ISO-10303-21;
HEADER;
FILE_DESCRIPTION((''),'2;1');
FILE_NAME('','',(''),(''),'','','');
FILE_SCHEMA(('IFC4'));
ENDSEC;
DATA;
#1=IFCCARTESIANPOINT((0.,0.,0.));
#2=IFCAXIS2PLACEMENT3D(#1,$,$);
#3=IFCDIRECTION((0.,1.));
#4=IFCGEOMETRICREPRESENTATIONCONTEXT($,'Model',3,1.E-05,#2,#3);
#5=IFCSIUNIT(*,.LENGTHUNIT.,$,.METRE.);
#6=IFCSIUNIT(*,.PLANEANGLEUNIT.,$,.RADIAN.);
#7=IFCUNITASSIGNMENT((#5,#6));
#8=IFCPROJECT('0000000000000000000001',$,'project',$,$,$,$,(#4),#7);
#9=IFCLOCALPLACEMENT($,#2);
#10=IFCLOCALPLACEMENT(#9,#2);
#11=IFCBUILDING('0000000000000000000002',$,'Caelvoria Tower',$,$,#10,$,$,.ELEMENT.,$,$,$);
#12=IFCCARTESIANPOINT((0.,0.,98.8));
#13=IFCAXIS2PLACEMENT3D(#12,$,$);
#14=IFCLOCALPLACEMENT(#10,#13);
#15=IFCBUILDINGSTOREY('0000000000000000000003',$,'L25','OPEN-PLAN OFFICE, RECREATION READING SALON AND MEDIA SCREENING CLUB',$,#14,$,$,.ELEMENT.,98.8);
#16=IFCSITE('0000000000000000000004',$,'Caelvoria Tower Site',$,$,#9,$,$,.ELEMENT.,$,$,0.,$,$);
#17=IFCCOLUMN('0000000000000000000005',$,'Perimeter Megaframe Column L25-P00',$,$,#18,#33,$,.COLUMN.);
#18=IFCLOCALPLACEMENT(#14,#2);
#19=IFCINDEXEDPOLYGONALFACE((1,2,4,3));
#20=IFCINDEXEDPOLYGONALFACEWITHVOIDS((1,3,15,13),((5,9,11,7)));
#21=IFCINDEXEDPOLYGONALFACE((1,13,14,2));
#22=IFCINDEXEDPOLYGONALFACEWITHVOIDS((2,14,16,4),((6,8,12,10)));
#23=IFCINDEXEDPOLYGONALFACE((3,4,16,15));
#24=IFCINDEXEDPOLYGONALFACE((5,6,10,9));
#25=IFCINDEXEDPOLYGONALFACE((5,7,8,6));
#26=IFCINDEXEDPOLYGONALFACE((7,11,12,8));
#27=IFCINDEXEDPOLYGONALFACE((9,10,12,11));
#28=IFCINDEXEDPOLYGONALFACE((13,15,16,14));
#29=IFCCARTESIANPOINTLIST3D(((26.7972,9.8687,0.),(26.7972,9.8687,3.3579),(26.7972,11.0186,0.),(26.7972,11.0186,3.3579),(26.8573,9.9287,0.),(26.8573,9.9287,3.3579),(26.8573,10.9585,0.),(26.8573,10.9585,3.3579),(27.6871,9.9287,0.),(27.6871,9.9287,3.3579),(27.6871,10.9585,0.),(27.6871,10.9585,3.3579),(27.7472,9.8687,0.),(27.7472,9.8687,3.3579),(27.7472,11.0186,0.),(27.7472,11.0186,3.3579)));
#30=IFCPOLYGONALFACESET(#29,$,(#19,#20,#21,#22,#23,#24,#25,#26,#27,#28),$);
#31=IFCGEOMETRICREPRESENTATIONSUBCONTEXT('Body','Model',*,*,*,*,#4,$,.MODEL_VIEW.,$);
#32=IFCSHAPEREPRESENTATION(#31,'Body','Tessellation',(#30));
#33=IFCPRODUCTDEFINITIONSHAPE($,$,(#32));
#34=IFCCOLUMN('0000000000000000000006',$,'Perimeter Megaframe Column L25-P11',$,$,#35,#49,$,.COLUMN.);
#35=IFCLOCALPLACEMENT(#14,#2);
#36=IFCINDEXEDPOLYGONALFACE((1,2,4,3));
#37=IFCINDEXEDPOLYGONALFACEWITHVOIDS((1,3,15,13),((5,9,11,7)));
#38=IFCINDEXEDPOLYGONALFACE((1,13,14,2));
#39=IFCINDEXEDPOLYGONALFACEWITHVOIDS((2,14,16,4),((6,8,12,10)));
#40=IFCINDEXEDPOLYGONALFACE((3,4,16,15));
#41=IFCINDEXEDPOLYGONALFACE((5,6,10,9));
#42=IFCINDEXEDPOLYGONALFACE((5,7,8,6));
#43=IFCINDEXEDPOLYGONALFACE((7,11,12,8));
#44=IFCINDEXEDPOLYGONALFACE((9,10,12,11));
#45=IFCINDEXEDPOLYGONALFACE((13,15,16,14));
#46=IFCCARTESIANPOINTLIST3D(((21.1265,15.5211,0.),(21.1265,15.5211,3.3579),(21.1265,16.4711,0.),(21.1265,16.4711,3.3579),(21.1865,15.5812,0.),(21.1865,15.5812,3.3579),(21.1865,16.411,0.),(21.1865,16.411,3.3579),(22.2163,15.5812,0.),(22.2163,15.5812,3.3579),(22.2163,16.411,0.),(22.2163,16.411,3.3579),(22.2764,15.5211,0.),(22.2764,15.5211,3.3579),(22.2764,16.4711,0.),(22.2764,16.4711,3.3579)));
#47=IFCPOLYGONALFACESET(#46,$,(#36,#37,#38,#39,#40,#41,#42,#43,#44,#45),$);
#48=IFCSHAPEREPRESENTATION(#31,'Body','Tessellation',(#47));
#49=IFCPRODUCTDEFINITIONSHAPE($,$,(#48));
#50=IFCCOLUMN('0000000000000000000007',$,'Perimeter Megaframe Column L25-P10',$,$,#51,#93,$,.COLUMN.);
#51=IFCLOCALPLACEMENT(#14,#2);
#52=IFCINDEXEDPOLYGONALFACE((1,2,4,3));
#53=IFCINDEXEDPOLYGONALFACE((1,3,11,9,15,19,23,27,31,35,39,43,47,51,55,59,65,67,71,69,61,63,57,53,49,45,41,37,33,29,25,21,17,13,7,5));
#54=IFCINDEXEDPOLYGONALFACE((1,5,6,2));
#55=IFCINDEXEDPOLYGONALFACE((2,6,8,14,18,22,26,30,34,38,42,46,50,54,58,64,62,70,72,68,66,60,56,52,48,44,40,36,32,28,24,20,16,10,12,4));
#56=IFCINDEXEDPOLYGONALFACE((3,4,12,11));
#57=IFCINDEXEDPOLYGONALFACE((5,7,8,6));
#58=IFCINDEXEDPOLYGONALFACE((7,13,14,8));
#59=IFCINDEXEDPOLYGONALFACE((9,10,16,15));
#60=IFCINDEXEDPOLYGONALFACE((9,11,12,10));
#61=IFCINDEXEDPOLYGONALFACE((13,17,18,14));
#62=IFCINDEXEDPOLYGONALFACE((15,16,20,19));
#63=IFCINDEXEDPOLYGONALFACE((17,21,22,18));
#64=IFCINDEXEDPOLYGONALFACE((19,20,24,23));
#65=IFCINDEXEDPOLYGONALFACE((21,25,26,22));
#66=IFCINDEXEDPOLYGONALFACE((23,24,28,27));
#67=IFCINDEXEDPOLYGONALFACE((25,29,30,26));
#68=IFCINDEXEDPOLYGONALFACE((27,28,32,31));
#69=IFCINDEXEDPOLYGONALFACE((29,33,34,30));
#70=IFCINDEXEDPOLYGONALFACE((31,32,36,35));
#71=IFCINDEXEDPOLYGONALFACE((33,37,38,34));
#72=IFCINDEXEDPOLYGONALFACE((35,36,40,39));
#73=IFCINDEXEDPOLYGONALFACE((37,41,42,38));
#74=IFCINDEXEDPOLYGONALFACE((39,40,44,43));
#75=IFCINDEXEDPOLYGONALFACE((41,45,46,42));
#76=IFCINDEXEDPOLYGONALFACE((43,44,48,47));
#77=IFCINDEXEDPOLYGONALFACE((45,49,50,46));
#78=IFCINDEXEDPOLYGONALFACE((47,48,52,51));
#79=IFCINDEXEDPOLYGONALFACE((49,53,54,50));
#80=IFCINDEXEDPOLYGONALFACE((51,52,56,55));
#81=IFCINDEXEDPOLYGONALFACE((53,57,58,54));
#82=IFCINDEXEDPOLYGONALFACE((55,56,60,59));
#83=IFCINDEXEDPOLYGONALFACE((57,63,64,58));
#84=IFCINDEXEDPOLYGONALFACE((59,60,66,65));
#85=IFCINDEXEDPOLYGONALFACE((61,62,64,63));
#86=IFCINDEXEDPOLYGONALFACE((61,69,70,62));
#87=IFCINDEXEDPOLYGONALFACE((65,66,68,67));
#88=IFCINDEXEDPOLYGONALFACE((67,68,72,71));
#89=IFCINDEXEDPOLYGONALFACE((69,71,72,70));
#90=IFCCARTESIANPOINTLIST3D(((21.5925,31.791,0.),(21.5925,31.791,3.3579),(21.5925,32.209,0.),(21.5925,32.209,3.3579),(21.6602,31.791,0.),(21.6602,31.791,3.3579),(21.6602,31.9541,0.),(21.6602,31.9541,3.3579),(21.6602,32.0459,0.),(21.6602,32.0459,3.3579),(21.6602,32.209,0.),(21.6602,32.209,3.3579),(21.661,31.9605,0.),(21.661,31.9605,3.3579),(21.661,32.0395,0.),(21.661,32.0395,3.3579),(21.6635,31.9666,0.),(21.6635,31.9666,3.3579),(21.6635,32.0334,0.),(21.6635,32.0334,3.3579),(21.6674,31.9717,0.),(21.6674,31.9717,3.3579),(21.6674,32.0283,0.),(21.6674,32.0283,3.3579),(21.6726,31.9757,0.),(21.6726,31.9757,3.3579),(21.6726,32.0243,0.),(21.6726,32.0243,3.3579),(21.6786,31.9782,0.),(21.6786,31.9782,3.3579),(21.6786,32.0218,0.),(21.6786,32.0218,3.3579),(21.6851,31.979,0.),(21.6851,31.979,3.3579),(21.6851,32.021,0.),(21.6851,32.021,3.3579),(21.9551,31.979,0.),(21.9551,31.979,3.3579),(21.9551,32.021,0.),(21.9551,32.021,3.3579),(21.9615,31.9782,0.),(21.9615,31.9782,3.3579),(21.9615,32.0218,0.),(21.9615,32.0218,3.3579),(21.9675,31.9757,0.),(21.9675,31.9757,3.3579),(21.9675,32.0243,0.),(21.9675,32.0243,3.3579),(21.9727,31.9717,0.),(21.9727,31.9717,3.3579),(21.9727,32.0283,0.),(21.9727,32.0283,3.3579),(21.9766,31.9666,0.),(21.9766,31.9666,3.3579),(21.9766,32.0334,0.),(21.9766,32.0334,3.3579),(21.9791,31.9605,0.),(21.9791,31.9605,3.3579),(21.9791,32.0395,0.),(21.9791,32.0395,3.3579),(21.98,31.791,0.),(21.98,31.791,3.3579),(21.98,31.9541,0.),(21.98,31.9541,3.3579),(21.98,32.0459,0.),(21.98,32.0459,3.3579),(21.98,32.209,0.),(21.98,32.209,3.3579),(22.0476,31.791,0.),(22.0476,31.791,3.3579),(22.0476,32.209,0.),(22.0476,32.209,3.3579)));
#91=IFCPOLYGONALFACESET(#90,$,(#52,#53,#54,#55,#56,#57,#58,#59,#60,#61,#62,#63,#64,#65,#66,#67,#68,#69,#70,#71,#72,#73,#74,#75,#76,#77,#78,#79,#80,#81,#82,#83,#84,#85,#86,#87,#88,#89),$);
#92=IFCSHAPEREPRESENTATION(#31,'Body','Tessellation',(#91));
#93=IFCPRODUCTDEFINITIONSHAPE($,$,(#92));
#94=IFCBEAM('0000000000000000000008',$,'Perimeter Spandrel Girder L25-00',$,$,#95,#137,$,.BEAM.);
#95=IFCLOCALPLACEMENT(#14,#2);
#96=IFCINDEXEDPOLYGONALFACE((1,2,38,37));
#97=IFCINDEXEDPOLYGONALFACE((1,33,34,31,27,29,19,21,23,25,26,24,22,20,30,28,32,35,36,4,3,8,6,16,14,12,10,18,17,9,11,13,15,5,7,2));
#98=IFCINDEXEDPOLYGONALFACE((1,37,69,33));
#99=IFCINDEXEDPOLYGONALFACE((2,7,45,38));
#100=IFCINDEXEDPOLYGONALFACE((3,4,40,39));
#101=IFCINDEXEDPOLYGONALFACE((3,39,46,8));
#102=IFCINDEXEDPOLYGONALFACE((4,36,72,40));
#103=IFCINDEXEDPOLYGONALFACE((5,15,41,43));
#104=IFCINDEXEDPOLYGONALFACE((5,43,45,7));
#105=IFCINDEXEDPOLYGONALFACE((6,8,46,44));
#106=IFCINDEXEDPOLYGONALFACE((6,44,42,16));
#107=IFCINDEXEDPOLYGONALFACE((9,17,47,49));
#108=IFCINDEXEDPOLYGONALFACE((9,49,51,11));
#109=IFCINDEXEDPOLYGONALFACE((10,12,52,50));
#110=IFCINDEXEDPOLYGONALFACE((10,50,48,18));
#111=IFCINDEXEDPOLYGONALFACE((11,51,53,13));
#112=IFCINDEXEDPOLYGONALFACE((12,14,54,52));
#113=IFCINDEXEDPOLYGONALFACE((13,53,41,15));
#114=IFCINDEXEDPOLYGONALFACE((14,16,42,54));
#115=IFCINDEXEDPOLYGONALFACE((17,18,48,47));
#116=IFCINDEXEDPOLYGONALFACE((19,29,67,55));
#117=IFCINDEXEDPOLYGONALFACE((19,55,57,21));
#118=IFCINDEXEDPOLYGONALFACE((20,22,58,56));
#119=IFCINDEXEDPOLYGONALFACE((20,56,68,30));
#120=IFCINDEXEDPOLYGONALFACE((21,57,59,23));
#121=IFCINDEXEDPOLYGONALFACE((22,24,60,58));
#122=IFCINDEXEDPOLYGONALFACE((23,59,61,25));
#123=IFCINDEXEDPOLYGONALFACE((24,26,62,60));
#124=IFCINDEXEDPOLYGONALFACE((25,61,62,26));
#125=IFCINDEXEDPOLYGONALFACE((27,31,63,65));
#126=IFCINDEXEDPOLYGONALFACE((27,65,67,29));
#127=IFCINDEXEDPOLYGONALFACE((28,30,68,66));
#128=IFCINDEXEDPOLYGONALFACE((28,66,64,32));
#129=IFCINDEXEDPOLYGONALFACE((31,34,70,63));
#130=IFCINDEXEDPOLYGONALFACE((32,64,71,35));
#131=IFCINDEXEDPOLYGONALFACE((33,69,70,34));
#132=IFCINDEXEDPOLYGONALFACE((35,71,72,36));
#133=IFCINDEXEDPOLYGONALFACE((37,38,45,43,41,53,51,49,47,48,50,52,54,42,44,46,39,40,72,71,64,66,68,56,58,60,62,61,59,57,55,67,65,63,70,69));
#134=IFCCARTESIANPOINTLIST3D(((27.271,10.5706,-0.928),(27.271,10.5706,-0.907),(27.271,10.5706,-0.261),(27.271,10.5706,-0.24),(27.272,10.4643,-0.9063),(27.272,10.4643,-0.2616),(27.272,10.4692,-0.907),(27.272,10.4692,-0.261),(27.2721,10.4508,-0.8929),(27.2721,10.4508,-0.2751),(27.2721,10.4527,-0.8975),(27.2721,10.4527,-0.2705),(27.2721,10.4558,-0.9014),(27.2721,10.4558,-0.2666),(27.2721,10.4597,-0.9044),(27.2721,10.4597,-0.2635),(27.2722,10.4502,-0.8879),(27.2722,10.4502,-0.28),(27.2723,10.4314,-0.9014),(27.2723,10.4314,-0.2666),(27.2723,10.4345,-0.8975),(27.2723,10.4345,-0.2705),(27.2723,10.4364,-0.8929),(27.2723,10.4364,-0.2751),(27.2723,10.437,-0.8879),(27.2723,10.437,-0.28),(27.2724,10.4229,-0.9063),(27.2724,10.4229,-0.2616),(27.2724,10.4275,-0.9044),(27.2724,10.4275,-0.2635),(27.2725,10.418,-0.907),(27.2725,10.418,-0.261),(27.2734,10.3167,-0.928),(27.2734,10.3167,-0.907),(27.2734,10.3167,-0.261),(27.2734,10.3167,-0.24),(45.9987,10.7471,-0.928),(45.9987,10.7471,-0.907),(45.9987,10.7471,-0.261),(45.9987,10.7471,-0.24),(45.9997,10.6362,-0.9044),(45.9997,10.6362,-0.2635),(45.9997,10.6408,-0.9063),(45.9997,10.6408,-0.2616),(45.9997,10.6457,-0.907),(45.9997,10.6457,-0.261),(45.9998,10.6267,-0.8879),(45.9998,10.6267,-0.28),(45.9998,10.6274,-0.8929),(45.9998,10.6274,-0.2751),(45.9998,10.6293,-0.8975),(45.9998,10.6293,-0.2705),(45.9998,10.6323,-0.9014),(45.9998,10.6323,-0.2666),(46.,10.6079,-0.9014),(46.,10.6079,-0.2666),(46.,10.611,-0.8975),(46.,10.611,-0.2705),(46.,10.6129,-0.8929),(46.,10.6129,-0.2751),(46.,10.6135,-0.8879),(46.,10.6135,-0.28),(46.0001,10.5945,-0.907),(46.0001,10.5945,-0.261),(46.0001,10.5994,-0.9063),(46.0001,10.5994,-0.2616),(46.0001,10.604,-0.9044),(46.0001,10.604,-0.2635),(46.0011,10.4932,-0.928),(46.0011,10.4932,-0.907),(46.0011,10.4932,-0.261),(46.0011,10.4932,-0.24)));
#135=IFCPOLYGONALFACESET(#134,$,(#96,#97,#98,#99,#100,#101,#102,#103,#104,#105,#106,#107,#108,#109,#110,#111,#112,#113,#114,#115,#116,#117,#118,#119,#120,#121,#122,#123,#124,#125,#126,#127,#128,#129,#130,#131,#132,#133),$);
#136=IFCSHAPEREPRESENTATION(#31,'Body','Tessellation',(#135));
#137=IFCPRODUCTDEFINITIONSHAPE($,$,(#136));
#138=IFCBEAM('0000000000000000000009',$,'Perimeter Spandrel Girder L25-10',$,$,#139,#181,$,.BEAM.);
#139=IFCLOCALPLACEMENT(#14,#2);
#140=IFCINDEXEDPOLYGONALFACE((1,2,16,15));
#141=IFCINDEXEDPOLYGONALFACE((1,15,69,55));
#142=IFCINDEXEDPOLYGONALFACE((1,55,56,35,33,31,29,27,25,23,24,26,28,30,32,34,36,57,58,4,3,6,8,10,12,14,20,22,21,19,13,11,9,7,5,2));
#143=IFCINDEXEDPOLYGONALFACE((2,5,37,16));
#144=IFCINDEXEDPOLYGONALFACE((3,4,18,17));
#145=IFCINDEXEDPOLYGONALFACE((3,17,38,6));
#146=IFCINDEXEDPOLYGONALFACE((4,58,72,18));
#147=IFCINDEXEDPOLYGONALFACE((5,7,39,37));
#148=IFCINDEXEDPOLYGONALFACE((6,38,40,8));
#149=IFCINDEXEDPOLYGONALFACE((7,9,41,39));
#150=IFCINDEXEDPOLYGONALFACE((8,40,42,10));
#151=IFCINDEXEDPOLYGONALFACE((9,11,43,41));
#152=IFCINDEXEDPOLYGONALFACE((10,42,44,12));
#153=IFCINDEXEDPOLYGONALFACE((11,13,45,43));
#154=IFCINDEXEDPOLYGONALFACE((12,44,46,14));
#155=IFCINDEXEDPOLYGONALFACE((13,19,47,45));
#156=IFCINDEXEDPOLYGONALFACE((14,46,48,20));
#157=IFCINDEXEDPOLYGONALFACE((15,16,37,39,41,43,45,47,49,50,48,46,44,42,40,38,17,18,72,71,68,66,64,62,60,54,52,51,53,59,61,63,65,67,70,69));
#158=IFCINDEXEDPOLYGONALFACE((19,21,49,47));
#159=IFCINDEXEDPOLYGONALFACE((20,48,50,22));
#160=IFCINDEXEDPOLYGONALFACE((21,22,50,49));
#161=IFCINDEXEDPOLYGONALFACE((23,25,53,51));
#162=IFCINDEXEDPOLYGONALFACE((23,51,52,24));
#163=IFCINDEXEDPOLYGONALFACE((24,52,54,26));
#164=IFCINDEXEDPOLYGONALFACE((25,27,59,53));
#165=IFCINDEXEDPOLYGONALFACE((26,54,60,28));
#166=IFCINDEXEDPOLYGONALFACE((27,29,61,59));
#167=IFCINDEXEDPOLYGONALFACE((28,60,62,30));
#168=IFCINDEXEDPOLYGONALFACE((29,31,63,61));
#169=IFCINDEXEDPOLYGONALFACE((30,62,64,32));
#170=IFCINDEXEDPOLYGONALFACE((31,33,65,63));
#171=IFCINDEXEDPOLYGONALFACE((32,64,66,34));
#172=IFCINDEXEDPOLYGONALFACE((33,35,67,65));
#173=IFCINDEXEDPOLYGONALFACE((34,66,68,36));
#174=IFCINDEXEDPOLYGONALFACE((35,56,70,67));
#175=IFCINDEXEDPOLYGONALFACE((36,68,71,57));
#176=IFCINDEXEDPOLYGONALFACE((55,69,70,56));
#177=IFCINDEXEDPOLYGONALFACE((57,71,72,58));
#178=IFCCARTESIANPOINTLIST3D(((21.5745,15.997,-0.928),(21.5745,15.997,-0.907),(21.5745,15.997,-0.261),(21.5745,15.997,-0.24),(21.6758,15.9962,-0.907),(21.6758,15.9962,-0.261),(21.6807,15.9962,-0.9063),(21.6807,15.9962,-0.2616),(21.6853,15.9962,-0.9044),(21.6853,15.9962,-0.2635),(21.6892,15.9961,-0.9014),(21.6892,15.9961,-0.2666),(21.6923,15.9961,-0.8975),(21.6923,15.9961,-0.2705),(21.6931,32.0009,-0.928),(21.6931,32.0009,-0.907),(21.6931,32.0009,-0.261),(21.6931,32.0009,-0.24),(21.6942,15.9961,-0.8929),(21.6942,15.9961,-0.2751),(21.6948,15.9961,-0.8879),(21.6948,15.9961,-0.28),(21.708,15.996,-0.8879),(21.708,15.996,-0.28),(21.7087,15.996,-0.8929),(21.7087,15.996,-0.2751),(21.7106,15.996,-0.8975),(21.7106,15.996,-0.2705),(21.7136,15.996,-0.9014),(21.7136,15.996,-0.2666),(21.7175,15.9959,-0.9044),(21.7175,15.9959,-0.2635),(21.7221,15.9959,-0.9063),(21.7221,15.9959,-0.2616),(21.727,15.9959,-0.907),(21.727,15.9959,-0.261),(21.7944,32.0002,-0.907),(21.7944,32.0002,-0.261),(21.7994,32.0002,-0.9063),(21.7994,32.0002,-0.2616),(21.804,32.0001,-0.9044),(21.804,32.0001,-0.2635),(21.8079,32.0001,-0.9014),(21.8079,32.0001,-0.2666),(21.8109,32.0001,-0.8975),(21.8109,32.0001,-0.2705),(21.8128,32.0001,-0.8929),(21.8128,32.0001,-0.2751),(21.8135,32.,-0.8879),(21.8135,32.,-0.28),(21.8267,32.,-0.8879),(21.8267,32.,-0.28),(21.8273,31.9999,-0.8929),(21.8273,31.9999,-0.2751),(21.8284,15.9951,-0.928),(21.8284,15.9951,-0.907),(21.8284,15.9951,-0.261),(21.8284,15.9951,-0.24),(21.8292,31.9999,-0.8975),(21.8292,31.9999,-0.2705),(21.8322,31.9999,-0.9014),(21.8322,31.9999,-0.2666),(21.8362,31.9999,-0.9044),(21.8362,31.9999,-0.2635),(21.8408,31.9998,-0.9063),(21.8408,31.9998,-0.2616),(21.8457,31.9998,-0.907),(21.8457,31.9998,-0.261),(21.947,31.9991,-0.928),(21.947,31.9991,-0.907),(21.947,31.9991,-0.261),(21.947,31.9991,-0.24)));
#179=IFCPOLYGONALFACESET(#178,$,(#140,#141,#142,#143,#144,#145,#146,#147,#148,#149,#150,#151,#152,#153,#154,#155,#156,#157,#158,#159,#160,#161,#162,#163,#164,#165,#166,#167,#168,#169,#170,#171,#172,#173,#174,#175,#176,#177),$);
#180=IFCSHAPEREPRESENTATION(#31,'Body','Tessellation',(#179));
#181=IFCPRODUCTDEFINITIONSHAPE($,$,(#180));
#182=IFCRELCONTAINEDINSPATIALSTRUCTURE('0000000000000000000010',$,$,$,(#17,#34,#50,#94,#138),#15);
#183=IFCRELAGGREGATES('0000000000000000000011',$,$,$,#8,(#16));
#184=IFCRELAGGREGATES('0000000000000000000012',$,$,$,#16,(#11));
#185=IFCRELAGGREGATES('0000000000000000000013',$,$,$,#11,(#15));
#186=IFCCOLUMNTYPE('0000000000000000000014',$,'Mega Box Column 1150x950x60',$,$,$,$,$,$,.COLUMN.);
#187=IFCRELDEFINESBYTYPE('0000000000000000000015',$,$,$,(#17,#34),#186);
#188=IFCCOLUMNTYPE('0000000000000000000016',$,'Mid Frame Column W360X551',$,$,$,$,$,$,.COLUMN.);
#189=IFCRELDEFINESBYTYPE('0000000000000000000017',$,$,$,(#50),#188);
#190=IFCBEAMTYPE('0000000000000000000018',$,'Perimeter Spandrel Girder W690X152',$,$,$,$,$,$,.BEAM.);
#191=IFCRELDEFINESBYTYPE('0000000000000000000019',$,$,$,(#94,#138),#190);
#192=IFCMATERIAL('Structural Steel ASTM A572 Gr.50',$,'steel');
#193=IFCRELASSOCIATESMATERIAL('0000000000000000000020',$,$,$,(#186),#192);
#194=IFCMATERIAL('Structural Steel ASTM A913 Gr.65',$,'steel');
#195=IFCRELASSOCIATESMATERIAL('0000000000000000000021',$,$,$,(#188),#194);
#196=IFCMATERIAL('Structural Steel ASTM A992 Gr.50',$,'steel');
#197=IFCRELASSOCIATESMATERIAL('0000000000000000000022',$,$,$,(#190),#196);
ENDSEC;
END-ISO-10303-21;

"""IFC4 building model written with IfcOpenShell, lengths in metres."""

from ifc_helpers import new_model, si_unit, direction, frame, origin, origin_2d, place, context, subcontext, project, spatial, hollow_rectangle, i_section, extrude, material, material_profile, profile_set, type_object, element, save


model = new_model("IFC4")

# Units and contexts
model_context = context("Model", 3, precision=1e-05, world=origin(), true_north=direction((0.0, 1.0)))
body_context = subcontext(model_context, "Body", "Model", "MODEL_VIEW")
ifc_project = project(units=[si_unit("LENGTHUNIT", "METRE"), si_unit("PLANEANGLEUNIT", "RADIAN")], contexts=[model_context])

# Site, building, storey
site_placement = place(None, origin())
site = spatial("IfcSite", under=ifc_project, at=site_placement, Name="Caelvoria Tower Site", CompositionType="ELEMENT", RefElevation=0.0)
building_placement = place(site_placement, origin())
building = spatial("IfcBuilding", under=site, at=building_placement, Name="Caelvoria Tower", CompositionType="ELEMENT")
storey_placement = place(building_placement, frame((0.0, 0.0, 98.8)))
storey = spatial("IfcBuildingStorey", under=building, at=storey_placement, Name="L25", Description="OPEN-PLAN OFFICE, RECREATION READING SALON AND MEDIA SCREENING CLUB", CompositionType="ELEMENT", Elevation=98.8)

# Columns
ifc_material_1 = material(Name="Structural Steel ASTM A572 Gr.50", Category="steel")
ifc_material_profile_1 = material_profile(ifc_material_1, hollow_rectangle(XDim=0.95, YDim=1.1499, WallThickness=0.0601, at=origin_2d()), Name="Structural Steel ASTM A572 Gr.50")
ifc_profile_set_1 = profile_set([ifc_material_profile_1], Name="BOX1150X950X60 - Structural Steel ASTM A572 Gr.50")
column_type_1 = type_object("IfcColumnType", Name="Mega Box Column 1150x950x60", PredefinedType="COLUMN", material=ifc_profile_set_1)
for number, where, z_axis, x_axis, name in (
    (1, (27.2722, 10.4436, 0.0), (0.0, 0.0, 1.0), (1.0, 0.0, 0.0), "Perimeter Megaframe Column L25-P00"),
    (2, (21.7014, 15.9961, 0.0), (0.0, 0.0, 1.0), (0.0, 1.0, 0.0), "Perimeter Megaframe Column L25-P11"),
):
    element("IfcColumn", number, at=place(storey_placement, frame(where, z_axis=z_axis, x_axis=x_axis)), inside=storey, type_object=column_type_1, Name=name, PredefinedType="COLUMN", context=body_context, shape_type="SweptSolid", body=[
        extrude(hollow_rectangle(XDim=0.95, YDim=1.1499, WallThickness=0.0601, at=origin_2d()), origin(), (0.0, 0.0, 1.0), 3.3579),
    ])
ifc_material_2 = material(Name="Structural Steel ASTM A913 Gr.65", Category="steel")
ifc_material_profile_2 = material_profile(ifc_material_2, i_section(OverallWidth=0.418, OverallDepth=0.4551, WebThickness=0.042, FlangeThickness=0.0676, FilletRadius=0.0249, at=origin_2d()), Name="Structural Steel ASTM A913 Gr.65")
ifc_profile_set_2 = profile_set([ifc_material_profile_2], Name="W360X551 - Structural Steel ASTM A913 Gr.65")
column_type_2 = type_object("IfcColumnType", Name="Mid Frame Column W360X551", PredefinedType="COLUMN", material=ifc_profile_set_2)
column_placement = place(storey_placement, frame((21.8201, 32.0, 0.0), z_axis=(0.0, 0.0, 1.0), x_axis=(0.0, 1.0, 0.0)))
element("IfcColumn", 3, at=column_placement, inside=storey, type_object=column_type_2, Name="Perimeter Megaframe Column L25-P10", PredefinedType="COLUMN", context=body_context, shape_type="SweptSolid", body=[
    extrude(i_section(OverallWidth=0.418, OverallDepth=0.4551, WebThickness=0.042, FlangeThickness=0.0676, FilletRadius=0.0249, at=origin_2d()), origin(), (0.0, 0.0, 1.0), 3.3579),
])

# Beams
ifc_material_3 = material(Name="Structural Steel ASTM A992 Gr.50", Category="steel")
ifc_material_profile_3 = material_profile(ifc_material_3, i_section(OverallWidth=0.2539, OverallDepth=0.688, WebThickness=0.0132, FlangeThickness=0.021, FilletRadius=0.019, at=origin_2d()), Name="Structural Steel ASTM A992 Gr.50")
ifc_profile_set_3 = profile_set([ifc_material_profile_3], Name="W690X152 - Structural Steel ASTM A992 Gr.50")
beam_type = type_object("IfcBeamType", Name="Perimeter Spandrel Girder W690X152", PredefinedType="BEAM", material=ifc_profile_set_3)
beam_1_placement = place(storey_placement, frame((27.2722, 10.4436, -0.584), z_axis=(0.999956, 0.009425, 0.0), x_axis=(-0.009425, 0.999956, 0.0)))
element("IfcBeam", 4, at=beam_1_placement, inside=storey, type_object=beam_type, Name="Perimeter Spandrel Girder L25-00", PredefinedType="BEAM", context=body_context, shape_type="SweptSolid", body=[
    extrude(i_section(OverallWidth=0.2539, OverallDepth=0.688, WebThickness=0.0132, FlangeThickness=0.021, FilletRadius=0.019, at=origin_2d()), origin(), (0.0, 0.0, 1.0), 18.7285),
])
beam_2_placement = place(storey_placement, frame((21.8201, 32.0, -0.584), z_axis=(-0.007414, -0.999973, 0.0), x_axis=(0.999973, -0.007414, 0.0)))
element("IfcBeam", 5, at=beam_2_placement, inside=storey, type_object=beam_type, Name="Perimeter Spandrel Girder L25-10", PredefinedType="BEAM", context=body_context, shape_type="SweptSolid", body=[
    extrude(i_section(OverallWidth=0.2539, OverallDepth=0.688, WebThickness=0.0132, FlangeThickness=0.021, FilletRadius=0.019, at=origin_2d()), origin(), (0.0, 0.0, 1.0), 16.0044),
])

save(model, "model.ifc")
